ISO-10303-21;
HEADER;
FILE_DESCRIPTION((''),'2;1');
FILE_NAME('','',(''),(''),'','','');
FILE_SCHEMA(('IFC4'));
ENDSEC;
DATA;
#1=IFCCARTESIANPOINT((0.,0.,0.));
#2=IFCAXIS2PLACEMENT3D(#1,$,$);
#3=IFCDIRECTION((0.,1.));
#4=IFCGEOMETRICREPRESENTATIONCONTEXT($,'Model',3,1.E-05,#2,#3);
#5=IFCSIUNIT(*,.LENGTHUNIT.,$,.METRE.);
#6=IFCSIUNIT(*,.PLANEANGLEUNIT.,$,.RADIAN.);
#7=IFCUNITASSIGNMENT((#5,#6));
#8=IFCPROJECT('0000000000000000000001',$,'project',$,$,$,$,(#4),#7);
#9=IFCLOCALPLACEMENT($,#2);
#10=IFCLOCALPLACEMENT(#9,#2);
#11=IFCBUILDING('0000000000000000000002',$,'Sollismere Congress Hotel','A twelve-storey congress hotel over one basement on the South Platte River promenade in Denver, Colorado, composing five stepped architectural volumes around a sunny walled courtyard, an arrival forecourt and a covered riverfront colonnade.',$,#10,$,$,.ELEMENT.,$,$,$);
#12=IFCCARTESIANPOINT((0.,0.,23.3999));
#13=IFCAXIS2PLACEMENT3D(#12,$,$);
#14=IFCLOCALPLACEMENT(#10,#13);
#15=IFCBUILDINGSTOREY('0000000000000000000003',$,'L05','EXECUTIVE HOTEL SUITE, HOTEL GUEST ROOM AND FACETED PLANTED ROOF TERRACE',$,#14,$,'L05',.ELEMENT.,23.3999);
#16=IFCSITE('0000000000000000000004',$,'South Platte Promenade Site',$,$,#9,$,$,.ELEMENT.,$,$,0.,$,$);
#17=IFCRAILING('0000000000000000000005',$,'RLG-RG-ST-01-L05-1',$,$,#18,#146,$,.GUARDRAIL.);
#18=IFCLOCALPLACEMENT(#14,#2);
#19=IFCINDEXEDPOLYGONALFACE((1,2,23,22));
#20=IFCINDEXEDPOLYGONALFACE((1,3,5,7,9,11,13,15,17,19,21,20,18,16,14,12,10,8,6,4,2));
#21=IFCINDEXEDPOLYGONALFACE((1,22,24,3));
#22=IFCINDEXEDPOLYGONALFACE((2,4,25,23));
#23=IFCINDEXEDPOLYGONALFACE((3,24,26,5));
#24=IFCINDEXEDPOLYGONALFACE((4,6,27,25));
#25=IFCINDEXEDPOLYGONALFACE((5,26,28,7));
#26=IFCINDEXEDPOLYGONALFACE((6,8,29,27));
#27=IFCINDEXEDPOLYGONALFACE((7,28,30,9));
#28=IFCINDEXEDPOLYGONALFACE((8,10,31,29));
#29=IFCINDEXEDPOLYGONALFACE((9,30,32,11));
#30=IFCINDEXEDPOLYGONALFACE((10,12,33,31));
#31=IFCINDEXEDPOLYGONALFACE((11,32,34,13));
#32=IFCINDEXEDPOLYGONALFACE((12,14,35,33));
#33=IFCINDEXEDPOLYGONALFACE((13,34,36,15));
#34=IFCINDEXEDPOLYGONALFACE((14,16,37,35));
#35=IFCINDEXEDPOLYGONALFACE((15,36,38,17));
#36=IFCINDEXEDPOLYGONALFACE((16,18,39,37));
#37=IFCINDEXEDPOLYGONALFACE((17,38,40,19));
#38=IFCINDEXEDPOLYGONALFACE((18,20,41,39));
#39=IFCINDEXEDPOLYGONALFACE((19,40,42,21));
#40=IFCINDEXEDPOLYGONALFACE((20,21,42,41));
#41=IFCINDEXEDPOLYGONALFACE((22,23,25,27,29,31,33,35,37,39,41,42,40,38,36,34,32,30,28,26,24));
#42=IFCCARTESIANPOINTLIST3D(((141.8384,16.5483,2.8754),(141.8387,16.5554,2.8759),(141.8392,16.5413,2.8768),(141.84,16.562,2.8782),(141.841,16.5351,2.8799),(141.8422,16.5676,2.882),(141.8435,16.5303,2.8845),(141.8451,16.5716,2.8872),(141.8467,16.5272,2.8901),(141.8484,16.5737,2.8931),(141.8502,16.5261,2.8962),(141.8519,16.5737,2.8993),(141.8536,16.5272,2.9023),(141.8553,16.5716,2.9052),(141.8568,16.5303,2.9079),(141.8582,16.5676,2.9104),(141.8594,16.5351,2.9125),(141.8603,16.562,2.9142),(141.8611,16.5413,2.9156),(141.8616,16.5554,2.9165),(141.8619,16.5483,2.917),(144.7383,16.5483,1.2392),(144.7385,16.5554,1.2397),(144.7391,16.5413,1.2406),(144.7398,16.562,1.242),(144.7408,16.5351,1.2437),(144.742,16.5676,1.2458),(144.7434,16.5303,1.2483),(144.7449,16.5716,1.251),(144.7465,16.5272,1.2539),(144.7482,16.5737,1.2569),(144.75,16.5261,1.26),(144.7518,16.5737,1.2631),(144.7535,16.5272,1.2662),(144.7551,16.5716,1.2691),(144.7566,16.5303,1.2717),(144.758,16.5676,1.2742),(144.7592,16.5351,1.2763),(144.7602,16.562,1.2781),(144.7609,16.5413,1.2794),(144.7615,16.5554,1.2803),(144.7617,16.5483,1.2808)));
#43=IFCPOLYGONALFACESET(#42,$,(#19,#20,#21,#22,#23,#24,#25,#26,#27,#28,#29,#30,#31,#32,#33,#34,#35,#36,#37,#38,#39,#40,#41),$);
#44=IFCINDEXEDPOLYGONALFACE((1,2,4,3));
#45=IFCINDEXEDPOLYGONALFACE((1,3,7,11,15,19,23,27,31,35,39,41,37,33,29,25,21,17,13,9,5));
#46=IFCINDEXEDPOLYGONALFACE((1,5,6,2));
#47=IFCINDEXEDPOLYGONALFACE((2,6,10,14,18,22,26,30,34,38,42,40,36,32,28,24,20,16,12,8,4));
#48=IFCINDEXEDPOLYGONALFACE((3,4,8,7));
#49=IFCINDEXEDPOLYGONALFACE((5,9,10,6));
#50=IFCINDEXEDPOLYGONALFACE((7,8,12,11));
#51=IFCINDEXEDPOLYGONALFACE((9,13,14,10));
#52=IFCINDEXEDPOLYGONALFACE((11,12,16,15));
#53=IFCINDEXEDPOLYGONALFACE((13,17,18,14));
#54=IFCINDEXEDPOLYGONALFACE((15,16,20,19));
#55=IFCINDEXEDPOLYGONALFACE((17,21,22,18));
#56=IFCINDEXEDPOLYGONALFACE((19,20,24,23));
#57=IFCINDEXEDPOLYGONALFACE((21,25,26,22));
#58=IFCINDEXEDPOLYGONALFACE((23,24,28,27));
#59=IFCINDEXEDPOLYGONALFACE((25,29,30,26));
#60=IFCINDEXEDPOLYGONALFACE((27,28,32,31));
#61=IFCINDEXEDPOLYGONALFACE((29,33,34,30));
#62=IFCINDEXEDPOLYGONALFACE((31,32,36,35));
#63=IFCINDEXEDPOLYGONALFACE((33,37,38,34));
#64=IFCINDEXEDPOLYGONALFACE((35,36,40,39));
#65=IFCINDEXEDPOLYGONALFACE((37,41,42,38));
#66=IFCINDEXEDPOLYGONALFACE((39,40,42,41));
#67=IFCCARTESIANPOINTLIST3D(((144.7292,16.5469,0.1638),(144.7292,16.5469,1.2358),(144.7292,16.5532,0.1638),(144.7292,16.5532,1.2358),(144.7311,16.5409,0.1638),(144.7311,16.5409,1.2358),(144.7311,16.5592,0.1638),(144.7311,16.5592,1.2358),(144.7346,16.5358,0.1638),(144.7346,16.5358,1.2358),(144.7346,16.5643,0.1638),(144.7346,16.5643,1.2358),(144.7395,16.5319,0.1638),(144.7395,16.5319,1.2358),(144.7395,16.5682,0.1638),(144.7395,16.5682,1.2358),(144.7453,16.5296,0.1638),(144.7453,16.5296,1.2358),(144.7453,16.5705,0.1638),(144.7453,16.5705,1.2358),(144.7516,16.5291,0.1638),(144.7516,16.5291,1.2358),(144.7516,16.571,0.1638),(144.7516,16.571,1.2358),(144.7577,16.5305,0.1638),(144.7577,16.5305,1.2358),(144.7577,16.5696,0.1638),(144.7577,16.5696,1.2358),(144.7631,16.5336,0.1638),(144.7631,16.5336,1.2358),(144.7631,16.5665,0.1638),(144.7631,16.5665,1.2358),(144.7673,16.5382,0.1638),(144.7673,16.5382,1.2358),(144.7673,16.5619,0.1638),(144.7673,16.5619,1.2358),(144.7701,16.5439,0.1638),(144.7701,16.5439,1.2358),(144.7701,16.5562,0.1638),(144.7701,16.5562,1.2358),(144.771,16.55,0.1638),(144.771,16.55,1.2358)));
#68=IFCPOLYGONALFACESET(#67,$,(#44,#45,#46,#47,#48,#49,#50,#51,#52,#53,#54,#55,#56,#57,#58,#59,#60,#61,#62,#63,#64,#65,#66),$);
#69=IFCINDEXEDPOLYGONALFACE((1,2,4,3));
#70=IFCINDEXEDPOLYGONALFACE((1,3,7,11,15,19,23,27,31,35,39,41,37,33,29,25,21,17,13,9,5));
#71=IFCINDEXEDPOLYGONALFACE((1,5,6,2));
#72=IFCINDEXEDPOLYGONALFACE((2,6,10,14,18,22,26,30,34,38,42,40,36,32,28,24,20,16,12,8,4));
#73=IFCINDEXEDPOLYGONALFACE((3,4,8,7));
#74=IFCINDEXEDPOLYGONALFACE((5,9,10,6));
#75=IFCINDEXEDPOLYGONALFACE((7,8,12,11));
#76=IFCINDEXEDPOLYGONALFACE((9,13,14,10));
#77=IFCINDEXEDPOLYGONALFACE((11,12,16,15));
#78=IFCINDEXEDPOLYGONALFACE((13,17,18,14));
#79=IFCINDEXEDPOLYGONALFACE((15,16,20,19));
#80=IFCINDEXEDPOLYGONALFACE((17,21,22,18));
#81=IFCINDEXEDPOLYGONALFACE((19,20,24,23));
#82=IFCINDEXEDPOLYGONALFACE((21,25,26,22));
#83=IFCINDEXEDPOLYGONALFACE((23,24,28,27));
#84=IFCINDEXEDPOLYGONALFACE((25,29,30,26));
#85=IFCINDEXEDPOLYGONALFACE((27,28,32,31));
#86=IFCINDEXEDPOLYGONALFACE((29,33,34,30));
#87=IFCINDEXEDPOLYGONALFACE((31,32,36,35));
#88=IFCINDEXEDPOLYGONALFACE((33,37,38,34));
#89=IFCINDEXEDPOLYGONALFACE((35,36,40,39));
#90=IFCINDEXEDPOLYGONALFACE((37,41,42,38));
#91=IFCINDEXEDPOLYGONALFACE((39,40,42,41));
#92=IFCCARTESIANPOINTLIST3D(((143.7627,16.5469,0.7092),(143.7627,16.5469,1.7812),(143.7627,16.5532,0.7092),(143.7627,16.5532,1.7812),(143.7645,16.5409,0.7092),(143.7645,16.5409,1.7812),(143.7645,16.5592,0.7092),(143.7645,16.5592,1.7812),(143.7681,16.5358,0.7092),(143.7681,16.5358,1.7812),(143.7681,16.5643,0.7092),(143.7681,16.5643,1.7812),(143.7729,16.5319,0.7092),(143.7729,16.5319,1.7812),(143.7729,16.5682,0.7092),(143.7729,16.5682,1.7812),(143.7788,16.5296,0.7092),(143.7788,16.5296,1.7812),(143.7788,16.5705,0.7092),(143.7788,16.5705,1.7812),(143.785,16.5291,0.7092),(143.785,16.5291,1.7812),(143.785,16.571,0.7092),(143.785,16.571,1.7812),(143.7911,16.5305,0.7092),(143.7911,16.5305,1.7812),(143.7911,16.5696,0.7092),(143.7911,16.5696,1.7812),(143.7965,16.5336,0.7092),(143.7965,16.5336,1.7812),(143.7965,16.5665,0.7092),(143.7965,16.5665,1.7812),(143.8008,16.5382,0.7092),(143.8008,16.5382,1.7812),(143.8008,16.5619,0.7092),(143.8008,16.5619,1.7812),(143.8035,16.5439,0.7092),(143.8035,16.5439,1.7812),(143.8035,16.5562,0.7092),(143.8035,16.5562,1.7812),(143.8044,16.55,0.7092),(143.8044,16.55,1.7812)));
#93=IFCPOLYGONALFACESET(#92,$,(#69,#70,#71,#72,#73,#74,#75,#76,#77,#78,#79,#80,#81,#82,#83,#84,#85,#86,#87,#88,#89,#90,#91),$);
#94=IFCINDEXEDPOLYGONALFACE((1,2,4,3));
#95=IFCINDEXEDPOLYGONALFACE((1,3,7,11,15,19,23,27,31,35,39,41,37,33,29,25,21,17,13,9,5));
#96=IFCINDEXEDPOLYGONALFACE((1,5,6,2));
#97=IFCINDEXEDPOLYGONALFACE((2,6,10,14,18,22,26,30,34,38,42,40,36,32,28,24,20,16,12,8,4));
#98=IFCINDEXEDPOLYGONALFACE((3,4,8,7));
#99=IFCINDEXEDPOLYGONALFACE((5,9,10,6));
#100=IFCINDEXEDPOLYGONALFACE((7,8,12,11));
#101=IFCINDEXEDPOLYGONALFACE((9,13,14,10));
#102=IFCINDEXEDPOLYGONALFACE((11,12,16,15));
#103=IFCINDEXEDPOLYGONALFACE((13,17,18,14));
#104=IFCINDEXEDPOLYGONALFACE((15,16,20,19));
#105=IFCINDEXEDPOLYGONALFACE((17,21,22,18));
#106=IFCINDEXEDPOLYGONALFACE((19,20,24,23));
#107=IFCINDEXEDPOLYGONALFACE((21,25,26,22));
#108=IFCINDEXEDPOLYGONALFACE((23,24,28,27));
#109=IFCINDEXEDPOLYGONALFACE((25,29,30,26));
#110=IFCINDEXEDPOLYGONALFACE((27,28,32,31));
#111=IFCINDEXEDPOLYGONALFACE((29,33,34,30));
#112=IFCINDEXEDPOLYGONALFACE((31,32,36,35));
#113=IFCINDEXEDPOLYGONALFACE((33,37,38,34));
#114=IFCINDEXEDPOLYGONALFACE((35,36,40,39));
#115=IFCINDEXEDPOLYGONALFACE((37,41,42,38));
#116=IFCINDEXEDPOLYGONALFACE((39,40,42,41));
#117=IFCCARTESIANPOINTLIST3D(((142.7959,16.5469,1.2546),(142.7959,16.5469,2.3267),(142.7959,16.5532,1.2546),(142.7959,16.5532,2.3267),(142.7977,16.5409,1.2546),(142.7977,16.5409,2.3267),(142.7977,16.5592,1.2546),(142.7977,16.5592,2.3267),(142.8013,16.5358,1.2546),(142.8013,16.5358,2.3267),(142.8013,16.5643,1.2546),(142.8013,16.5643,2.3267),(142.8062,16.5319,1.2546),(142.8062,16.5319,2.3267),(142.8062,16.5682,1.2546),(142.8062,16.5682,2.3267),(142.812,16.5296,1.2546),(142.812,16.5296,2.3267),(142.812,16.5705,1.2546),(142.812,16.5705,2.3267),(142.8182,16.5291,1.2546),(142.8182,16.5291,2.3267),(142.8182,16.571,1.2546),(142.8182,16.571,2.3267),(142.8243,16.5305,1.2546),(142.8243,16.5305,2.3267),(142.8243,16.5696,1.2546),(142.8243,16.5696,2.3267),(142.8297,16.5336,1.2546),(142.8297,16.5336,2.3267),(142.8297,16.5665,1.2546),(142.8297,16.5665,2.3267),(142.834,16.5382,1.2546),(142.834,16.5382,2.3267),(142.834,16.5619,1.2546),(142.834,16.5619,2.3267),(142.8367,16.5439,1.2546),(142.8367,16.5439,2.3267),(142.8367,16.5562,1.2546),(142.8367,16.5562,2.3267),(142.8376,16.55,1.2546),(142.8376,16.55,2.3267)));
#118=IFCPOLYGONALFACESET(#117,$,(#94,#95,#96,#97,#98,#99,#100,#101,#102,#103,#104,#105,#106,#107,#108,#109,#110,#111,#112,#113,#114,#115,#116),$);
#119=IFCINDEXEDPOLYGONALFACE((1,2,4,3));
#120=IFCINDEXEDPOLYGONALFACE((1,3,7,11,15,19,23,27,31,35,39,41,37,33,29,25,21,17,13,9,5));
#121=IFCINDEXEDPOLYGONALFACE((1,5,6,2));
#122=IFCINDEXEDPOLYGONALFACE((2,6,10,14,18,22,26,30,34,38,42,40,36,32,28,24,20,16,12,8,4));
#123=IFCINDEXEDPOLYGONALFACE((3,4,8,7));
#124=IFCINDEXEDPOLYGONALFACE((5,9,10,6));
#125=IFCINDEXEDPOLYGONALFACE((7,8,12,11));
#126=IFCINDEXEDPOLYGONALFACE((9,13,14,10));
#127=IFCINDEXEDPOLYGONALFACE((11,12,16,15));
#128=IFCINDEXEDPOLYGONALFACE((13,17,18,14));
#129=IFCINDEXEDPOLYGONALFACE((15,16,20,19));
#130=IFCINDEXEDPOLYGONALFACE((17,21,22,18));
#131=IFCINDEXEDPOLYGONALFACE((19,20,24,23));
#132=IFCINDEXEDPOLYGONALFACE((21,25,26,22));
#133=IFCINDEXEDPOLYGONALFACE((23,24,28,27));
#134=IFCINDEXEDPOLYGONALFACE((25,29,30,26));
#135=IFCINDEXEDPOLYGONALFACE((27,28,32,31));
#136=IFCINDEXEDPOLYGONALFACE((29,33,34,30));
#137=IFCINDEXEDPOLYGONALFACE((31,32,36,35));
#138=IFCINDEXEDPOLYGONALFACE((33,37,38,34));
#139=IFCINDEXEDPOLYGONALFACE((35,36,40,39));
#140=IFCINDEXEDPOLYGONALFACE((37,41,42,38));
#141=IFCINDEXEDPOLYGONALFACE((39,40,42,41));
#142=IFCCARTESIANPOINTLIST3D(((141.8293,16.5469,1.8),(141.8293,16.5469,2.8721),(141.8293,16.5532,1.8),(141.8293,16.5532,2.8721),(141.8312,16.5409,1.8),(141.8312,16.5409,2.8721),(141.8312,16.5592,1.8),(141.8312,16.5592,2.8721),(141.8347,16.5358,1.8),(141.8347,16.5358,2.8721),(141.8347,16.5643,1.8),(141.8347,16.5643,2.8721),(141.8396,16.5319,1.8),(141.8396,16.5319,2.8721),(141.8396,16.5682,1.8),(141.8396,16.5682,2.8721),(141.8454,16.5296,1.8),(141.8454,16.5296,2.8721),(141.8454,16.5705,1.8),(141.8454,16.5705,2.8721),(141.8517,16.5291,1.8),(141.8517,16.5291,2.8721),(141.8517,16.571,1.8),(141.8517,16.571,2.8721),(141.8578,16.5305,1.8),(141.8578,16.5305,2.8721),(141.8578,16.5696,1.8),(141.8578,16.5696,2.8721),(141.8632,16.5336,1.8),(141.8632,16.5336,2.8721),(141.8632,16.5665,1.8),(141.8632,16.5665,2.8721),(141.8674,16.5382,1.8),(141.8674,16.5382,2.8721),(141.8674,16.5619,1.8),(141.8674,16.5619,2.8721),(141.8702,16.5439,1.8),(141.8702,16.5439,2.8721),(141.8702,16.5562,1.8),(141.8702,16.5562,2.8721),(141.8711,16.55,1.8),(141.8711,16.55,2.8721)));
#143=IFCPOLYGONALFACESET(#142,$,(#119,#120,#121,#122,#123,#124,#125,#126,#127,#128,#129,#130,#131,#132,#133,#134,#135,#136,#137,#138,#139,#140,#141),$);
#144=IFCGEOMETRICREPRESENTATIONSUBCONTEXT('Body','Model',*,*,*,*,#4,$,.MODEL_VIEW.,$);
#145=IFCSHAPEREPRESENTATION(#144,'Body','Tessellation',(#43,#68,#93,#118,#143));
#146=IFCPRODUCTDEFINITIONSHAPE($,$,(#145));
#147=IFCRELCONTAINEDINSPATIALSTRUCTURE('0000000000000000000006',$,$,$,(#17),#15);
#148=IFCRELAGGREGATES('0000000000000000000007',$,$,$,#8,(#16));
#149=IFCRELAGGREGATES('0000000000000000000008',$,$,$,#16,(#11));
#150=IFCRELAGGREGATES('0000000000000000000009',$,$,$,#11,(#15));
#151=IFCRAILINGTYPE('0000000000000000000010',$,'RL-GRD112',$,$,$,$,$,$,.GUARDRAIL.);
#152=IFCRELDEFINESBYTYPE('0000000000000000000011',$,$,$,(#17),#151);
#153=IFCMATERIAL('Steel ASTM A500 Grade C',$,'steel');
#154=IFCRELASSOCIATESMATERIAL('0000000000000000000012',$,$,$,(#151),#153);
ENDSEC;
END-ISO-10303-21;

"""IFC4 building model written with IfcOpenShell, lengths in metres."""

from ifc_helpers import new_model, si_unit, direction, frame, origin, origin_2d, place, context, subcontext, project, spatial, circle, extrude, material, type_object, element, save


model = new_model("IFC4")

# Units and contexts
model_context = context("Model", 3, precision=1e-05, world=origin(), true_north=direction((0.0, 1.0)))
body_context = subcontext(model_context, "Body", "Model", "MODEL_VIEW")
ifc_project = project(units=[si_unit("LENGTHUNIT", "METRE"), si_unit("PLANEANGLEUNIT", "RADIAN")], contexts=[model_context])

# Site, building, storey
site_placement = place(None, origin())
site = spatial("IfcSite", under=ifc_project, at=site_placement, Name="South Platte Promenade Site", CompositionType="ELEMENT", RefElevation=0.0)
building_placement = place(site_placement, origin())
building = spatial("IfcBuilding", under=site, at=building_placement, Name="Sollismere Congress Hotel", Description="A twelve-storey congress hotel over one basement on the South Platte River promenade in Denver, Colorado, composing five stepped architectural volumes around a sunny walled courtyard, an arrival forecourt and a covered riverfront colonnade.", CompositionType="ELEMENT")
storey_placement = place(building_placement, frame((0.0, 0.0, 23.3999)))
storey = spatial("IfcBuildingStorey", under=building, at=storey_placement, Name="L05", Description="EXECUTIVE HOTEL SUITE, HOTEL GUEST ROOM AND FACETED PLANTED ROOF TERRACE", LongName="L05", CompositionType="ELEMENT", Elevation=23.3999)

# Railing
ifc_material_1 = material(Name="Steel ASTM A500 Grade C", Category="steel")
railing_type_1 = type_object("IfcRailingType", Name="RL-GRD112", PredefinedType="GUARDRAIL", material=ifc_material_1)
railing_1_placement = place(storey_placement, frame((144.75, 16.55, 0.1638)))
element("IfcRailing", 1, at=railing_1_placement, inside=storey, type_object=railing_type_1, Name="RLG-RG-ST-01-L05-1", PredefinedType="GUARDRAIL", context=body_context, shape_type="SweptSolid", body=[
    extrude(circle(Radius=0.0239, at=origin_2d()), frame((0.0, 0.0, 1.0962), z_axis=(-0.870929, 0.0, 0.49141), x_axis=(0.0, -1.0, 0.0)), (0.0, 0.0, 1.0), 3.3296),
    extrude(circle(Radius=0.021, at=origin_2d()), origin(), (0.0, 0.0, 1.0), 1.072),
    extrude(circle(Radius=0.021, at=origin_2d()), frame((-0.9666, 0.0, 0.5454)), (0.0, 0.0, 1.0), 1.072),
    extrude(circle(Radius=0.021, at=origin_2d()), frame((-1.9333, 0.0, 1.0908)), (0.0, 0.0, 1.0), 1.072),
    extrude(circle(Radius=0.021, at=origin_2d()), frame((-2.8999, 0.0, 1.6362)), (0.0, 0.0, 1.0), 1.072),
])

save(model, "model.ifc")
